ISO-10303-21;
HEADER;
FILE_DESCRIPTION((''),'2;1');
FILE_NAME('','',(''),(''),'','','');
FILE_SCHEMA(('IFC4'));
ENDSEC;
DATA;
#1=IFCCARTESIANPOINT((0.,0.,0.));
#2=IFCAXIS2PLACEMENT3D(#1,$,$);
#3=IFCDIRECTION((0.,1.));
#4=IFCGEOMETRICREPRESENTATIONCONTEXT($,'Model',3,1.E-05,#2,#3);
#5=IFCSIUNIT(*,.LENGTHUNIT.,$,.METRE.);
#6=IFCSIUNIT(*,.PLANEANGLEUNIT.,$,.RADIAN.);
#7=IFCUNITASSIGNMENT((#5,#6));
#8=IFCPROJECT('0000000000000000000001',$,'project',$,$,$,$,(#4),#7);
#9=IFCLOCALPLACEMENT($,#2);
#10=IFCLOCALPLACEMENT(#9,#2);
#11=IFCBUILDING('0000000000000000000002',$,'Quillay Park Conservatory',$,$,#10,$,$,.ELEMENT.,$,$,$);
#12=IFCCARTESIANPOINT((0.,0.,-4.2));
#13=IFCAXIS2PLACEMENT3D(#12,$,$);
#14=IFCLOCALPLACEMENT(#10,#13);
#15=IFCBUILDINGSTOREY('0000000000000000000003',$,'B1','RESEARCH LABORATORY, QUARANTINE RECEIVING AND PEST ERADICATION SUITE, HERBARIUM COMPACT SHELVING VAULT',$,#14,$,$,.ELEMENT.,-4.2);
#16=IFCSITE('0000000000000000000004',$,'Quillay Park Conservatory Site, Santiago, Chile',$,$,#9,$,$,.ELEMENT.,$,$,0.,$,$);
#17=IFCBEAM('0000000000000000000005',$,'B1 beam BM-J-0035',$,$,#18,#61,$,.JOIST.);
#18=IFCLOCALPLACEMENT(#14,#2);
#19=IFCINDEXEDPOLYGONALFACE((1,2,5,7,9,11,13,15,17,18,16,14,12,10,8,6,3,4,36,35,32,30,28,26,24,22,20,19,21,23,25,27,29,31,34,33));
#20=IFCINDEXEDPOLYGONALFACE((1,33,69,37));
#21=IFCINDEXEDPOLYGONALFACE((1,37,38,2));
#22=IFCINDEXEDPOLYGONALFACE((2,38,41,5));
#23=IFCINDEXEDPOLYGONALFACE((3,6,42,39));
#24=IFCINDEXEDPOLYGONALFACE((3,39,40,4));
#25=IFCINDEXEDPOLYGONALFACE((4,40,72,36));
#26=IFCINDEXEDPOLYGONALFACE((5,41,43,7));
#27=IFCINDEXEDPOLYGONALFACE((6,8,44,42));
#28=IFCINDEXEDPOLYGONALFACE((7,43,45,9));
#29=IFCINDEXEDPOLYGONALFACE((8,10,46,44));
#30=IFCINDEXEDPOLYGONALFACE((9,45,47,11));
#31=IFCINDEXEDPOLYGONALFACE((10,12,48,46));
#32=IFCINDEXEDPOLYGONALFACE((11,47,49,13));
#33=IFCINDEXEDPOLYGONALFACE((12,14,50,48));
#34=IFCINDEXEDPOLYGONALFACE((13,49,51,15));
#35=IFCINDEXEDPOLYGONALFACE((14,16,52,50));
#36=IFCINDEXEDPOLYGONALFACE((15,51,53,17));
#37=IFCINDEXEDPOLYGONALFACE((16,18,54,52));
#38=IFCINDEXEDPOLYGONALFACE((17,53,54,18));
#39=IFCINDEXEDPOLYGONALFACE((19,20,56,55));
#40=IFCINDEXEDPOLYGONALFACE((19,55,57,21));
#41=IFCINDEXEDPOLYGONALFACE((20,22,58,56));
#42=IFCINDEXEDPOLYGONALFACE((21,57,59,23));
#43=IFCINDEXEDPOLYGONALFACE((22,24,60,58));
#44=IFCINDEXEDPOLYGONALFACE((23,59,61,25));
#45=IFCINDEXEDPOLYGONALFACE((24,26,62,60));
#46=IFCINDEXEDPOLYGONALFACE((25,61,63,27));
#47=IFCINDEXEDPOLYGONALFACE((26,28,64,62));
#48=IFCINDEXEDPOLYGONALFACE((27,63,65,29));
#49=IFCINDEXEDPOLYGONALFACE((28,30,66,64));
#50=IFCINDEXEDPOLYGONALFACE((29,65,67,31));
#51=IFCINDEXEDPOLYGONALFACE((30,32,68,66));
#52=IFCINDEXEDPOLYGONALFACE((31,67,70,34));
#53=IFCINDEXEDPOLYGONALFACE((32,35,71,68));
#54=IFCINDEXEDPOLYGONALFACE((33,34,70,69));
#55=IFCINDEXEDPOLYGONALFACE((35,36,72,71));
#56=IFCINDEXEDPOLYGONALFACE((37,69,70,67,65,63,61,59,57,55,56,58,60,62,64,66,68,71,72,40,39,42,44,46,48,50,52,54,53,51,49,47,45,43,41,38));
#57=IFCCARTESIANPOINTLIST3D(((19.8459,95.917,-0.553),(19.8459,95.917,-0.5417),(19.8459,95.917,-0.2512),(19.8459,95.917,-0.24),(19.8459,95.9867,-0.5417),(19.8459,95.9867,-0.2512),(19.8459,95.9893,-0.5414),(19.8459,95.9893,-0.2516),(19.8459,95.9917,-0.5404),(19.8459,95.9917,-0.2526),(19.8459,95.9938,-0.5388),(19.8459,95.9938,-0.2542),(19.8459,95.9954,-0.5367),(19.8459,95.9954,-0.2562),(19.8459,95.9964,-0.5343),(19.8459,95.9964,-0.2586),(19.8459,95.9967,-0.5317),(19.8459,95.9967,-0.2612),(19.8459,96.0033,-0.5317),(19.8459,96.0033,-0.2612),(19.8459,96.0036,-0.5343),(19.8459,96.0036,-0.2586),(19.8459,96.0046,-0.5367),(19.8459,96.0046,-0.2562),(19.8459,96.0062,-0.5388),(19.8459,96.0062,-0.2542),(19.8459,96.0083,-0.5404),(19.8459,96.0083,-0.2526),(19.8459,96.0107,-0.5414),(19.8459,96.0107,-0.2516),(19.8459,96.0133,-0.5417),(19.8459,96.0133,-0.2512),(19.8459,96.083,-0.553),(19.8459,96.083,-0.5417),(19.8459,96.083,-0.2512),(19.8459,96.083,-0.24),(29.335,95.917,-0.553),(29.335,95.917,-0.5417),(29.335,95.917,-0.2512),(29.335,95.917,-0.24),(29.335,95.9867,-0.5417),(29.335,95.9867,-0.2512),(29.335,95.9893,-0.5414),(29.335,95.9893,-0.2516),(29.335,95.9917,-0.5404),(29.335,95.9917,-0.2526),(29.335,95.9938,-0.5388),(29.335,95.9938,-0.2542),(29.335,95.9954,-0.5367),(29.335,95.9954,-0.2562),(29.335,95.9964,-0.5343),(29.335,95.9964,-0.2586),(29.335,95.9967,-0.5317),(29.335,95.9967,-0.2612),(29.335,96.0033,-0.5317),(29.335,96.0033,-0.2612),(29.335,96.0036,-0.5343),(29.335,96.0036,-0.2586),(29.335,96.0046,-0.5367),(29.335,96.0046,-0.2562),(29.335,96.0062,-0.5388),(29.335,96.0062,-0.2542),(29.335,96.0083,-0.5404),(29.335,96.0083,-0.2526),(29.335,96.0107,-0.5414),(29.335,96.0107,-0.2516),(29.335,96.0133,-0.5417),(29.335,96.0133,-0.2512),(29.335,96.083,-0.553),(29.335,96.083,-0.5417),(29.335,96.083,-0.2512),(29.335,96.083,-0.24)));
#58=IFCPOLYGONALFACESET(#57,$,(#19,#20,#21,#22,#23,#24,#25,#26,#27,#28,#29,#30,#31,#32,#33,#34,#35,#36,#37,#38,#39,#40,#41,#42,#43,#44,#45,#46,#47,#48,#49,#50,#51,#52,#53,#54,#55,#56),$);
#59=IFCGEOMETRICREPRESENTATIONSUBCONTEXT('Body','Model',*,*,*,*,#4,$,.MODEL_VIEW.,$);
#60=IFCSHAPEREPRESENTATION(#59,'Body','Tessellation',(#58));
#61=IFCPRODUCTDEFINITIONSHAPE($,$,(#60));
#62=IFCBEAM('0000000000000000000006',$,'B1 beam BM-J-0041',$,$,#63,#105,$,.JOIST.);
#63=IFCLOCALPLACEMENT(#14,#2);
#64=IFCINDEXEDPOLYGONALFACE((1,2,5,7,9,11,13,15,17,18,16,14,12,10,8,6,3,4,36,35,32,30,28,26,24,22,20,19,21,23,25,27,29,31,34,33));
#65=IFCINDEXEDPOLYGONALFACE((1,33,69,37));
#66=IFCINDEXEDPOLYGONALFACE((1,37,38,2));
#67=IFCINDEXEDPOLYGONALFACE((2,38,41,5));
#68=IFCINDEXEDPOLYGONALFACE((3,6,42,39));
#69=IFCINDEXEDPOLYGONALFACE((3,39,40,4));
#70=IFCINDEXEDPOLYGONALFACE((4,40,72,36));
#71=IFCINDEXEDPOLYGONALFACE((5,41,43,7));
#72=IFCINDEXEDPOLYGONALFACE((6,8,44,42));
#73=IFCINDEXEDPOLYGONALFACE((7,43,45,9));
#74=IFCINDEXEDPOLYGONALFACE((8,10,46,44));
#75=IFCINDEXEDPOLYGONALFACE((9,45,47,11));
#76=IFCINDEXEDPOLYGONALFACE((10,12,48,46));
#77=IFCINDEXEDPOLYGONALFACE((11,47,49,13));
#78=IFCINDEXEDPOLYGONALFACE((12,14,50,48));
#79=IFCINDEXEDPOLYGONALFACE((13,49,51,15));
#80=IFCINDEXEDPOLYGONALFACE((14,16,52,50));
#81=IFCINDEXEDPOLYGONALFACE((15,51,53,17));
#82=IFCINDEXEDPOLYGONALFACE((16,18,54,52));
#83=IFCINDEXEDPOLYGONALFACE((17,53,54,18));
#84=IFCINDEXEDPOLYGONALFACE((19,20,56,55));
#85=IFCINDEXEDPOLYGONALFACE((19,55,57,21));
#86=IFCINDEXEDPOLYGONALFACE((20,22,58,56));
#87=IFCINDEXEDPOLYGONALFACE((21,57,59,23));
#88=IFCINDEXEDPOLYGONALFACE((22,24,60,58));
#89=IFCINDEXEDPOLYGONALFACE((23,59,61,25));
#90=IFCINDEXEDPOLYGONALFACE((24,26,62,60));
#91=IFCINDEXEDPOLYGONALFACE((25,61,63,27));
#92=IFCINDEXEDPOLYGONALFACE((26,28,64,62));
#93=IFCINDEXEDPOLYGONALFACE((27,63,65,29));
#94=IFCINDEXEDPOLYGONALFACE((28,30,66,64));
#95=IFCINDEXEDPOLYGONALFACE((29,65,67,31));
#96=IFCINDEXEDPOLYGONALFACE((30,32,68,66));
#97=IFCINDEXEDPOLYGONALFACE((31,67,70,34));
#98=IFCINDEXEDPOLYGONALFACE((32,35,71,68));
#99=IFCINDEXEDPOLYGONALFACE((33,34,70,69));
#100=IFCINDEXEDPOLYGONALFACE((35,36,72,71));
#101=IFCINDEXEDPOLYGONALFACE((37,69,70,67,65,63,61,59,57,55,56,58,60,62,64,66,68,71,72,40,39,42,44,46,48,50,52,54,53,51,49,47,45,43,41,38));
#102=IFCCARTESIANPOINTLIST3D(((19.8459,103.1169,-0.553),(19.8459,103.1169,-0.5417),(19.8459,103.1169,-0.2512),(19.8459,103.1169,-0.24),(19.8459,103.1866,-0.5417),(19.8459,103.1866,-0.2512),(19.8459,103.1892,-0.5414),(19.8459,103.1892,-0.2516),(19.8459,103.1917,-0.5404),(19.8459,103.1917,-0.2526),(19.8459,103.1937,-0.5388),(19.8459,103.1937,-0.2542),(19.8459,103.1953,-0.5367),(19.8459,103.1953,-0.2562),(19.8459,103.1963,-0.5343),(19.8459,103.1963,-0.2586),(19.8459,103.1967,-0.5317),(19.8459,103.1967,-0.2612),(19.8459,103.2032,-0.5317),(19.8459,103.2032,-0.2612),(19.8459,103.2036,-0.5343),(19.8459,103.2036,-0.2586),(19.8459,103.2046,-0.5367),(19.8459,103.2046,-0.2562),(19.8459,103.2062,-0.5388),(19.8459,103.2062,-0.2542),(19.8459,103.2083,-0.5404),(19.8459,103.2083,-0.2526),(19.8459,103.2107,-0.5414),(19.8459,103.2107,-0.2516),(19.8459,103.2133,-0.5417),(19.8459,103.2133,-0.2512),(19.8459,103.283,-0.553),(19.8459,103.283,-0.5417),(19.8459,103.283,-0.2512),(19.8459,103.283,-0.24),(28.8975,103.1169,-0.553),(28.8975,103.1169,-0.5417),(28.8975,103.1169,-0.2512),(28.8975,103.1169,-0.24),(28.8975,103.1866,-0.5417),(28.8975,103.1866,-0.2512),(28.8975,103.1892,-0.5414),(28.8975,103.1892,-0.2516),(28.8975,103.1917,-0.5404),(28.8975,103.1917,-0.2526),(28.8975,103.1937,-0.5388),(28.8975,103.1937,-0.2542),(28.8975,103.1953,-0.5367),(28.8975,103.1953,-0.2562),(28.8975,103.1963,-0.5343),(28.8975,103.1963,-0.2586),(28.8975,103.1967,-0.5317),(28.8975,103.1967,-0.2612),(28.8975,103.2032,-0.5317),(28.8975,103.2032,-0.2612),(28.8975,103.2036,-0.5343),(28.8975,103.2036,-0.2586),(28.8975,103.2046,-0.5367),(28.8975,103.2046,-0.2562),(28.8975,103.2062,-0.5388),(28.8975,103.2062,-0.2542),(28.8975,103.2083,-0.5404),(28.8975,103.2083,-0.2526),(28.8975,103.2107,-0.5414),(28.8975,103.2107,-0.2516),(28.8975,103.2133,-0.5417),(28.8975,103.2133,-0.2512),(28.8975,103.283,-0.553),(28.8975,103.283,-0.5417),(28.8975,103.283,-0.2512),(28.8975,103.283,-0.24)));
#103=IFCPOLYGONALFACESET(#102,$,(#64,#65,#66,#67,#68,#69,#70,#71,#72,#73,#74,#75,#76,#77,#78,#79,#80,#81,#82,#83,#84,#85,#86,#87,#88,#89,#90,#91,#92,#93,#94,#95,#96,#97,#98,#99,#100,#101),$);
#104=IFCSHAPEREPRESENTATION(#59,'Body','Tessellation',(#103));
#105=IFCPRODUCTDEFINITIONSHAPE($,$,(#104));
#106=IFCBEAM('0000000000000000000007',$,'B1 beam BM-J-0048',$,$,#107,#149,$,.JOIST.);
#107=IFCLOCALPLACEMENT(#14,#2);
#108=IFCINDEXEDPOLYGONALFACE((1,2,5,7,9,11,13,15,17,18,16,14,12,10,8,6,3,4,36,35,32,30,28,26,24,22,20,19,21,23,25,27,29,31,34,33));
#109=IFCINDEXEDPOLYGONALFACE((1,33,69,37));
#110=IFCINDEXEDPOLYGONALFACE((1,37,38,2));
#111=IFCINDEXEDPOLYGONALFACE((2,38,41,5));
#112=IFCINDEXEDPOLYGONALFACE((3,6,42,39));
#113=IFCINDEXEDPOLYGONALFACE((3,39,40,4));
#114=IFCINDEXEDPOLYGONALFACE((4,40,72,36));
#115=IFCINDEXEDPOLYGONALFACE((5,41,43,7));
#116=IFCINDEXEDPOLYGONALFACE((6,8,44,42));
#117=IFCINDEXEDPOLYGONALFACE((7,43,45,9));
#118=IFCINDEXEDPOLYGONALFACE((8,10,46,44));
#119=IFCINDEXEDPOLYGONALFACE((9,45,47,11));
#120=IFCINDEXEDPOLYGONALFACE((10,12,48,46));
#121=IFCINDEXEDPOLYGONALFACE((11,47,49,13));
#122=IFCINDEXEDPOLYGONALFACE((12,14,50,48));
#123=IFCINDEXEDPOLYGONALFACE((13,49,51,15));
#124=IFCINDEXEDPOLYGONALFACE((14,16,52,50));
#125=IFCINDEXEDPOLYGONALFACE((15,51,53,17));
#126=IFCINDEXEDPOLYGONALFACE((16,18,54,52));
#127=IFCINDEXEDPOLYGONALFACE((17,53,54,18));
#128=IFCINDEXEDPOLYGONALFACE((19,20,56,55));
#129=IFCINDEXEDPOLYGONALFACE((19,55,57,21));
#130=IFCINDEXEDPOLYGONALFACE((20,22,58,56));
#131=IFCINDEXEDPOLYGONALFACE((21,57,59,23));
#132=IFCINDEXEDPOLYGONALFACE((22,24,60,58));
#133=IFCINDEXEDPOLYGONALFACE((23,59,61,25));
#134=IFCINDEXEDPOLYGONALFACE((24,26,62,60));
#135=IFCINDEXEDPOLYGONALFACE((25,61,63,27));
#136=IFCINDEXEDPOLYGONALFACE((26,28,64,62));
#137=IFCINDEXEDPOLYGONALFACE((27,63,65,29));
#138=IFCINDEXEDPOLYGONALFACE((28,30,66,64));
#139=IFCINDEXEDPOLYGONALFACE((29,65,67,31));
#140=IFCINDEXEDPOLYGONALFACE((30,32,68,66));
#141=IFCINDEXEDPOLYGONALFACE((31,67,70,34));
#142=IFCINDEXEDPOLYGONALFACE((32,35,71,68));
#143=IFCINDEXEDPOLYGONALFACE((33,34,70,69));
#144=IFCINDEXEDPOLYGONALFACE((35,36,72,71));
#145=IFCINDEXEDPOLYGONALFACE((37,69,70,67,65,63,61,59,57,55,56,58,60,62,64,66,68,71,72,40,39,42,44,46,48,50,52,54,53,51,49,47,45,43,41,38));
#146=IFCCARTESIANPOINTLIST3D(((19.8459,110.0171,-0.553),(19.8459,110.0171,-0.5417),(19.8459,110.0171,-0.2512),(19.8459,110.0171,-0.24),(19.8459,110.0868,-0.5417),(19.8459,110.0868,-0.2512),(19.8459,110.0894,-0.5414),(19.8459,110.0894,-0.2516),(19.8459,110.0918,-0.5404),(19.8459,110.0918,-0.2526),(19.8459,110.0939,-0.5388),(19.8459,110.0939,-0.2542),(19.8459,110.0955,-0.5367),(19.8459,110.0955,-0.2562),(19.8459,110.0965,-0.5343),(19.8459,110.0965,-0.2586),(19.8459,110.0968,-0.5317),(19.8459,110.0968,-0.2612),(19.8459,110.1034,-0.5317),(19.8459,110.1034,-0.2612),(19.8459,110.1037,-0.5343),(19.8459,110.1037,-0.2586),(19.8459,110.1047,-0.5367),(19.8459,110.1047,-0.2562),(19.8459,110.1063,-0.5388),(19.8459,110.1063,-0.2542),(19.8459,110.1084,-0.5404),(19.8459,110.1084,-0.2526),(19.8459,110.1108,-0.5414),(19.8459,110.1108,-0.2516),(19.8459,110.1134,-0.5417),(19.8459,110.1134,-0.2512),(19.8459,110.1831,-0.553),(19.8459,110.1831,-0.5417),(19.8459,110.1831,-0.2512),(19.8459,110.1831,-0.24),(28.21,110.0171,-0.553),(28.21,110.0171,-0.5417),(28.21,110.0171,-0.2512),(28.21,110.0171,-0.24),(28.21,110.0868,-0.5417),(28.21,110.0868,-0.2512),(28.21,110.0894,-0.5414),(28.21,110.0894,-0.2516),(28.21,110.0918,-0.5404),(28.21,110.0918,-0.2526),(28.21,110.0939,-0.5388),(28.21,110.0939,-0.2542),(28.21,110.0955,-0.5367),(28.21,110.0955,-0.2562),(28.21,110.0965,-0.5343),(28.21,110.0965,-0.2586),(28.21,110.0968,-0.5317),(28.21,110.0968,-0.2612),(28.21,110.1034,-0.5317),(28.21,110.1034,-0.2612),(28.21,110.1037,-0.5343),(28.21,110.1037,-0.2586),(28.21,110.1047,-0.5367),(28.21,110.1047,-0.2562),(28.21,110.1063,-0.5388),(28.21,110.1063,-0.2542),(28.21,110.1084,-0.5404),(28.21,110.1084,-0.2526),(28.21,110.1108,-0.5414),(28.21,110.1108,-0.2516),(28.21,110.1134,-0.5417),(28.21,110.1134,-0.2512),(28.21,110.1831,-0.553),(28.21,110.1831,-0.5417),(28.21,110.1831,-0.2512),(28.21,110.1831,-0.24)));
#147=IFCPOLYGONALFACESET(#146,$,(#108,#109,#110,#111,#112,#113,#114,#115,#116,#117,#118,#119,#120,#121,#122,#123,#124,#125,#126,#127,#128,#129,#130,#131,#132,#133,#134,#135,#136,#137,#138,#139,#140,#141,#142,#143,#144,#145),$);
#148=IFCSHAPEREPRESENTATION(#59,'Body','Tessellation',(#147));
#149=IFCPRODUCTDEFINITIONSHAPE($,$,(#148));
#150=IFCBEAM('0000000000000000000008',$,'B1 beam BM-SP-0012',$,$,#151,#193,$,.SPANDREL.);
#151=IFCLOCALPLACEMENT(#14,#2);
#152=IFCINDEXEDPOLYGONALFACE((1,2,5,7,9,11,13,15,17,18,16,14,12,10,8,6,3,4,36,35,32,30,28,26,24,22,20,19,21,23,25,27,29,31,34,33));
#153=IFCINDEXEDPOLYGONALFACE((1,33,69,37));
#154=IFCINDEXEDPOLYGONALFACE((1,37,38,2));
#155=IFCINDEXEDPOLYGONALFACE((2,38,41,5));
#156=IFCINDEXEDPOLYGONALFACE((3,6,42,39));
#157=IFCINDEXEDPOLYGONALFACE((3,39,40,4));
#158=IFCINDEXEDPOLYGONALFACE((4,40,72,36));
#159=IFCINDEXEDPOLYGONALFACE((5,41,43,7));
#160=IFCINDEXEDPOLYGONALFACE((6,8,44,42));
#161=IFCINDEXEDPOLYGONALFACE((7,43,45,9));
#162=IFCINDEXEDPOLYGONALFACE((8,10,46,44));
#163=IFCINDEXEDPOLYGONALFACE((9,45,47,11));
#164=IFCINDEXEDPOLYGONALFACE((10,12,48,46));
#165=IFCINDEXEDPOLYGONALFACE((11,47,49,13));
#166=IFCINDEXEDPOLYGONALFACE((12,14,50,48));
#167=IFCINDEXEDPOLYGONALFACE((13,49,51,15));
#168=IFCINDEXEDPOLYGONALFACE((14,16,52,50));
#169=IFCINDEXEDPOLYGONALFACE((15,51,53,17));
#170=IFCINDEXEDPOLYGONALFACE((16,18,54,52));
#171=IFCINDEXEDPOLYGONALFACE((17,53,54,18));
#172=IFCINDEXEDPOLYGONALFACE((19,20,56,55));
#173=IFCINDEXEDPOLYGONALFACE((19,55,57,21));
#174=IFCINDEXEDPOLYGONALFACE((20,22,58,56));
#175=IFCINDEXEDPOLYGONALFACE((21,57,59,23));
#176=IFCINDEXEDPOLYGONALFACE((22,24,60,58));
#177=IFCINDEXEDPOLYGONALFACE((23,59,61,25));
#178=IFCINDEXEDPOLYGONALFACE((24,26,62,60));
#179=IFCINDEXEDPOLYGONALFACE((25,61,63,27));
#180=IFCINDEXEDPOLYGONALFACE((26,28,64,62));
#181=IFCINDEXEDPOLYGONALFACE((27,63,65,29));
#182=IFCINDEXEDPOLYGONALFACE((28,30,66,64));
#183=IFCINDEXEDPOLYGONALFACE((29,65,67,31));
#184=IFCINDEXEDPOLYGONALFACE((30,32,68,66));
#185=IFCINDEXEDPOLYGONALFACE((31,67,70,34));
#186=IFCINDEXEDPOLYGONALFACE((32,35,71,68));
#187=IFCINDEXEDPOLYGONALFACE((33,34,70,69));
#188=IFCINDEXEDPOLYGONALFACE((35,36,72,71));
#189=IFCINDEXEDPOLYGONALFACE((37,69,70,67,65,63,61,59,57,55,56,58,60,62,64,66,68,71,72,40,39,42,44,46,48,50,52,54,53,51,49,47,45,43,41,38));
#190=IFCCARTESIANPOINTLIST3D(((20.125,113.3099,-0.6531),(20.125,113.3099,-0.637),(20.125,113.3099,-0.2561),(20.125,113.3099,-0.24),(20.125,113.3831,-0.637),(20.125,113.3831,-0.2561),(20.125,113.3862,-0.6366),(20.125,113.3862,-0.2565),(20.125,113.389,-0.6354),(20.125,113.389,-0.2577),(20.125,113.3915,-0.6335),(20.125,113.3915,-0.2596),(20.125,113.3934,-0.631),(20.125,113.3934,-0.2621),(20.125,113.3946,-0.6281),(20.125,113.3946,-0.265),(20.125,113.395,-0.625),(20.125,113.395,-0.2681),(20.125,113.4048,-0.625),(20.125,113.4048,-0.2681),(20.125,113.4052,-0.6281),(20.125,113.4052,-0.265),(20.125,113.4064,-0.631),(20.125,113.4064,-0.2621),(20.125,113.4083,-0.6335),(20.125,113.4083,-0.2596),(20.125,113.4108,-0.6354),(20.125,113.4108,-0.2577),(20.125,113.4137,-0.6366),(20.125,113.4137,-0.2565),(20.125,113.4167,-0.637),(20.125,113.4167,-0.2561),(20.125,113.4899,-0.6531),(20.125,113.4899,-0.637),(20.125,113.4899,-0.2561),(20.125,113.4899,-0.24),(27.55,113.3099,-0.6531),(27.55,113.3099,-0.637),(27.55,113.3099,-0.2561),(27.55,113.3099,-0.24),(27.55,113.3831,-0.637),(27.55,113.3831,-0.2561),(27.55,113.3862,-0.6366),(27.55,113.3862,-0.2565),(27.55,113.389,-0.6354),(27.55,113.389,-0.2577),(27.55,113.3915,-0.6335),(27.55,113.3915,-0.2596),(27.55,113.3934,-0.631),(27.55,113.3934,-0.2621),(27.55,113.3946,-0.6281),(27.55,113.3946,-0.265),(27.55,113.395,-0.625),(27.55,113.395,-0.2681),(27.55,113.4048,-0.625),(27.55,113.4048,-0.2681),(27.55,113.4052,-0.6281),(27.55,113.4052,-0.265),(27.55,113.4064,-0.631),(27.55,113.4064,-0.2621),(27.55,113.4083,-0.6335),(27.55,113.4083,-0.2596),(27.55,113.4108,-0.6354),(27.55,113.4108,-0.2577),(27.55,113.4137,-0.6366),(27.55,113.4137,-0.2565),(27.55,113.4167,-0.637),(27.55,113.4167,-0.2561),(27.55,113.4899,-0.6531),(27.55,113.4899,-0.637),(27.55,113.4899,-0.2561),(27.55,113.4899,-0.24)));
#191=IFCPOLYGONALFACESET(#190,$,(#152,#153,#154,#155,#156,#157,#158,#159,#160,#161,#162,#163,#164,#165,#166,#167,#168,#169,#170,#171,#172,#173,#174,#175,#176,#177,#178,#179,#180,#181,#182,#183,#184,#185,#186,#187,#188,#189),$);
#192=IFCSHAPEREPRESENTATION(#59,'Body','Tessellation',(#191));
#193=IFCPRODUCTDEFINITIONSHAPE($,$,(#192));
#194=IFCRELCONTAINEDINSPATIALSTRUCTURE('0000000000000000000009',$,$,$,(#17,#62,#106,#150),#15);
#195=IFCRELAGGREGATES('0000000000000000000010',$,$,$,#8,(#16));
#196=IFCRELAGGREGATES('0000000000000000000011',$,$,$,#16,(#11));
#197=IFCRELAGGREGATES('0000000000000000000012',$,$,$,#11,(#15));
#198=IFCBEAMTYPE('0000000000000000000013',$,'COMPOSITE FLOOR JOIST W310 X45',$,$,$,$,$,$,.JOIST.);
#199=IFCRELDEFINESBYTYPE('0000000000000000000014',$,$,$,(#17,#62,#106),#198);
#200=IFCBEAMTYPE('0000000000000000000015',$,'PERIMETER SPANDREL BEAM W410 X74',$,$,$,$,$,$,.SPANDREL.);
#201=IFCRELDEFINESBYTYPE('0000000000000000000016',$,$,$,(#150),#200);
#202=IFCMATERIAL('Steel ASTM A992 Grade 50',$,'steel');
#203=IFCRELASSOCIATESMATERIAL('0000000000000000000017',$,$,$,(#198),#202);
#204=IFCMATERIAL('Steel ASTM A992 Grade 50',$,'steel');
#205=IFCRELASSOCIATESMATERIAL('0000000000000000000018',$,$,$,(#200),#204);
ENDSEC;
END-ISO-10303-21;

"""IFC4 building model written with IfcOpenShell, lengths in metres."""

from ifc_helpers import new_model, si_unit, direction, frame, origin, origin_2d, place, context, subcontext, project, spatial, i_section, extrude, material, material_profile, profile_set, type_object, element, save


model = new_model("IFC4")

# Units and contexts
model_context = context("Model", 3, precision=1e-05, world=origin(), true_north=direction((0.0, 1.0)))
body_context = subcontext(model_context, "Body", "Model", "MODEL_VIEW")
ifc_project = project(units=[si_unit("LENGTHUNIT", "METRE"), si_unit("PLANEANGLEUNIT", "RADIAN")], contexts=[model_context])

# Site, building, storey
site_placement = place(None, origin())
site = spatial("IfcSite", under=ifc_project, at=site_placement, Name="Quillay Park Conservatory Site, Santiago, Chile", CompositionType="ELEMENT", RefElevation=0.0)
building_placement = place(site_placement, origin())
building = spatial("IfcBuilding", under=site, at=building_placement, Name="Quillay Park Conservatory", CompositionType="ELEMENT")
storey_placement = place(building_placement, frame((0.0, 0.0, -4.2)))
storey = spatial("IfcBuildingStorey", under=building, at=storey_placement, Name="B1", Description="RESEARCH LABORATORY, QUARANTINE RECEIVING AND PEST ERADICATION SUITE, HERBARIUM COMPACT SHELVING VAULT", CompositionType="ELEMENT", Elevation=-4.2)

# Beams
ifc_material_1 = material(Name="Steel ASTM A992 Grade 50", Category="steel")
ifc_material_profile_1 = material_profile(ifc_material_1, i_section(OverallWidth=0.166, OverallDepth=0.313, WebThickness=0.0066, FlangeThickness=0.0112, FilletRadius=0.01, at=origin_2d()), Name="W310x45")
ifc_profile_set_1 = profile_set([ifc_material_profile_1], Name="Steel ASTM A992 Grade 50")
beam_type_1 = type_object("IfcBeamType", Name="COMPOSITE FLOOR JOIST W310 X45", PredefinedType="JOIST", material=ifc_profile_set_1)
beam_1_placement = place(storey_placement, frame((19.8459, 96.0, -0.3965), z_axis=(1.0, 0.0, 0.0), x_axis=(0.0, 1.0, 0.0)))
element("IfcBeam", 1, at=beam_1_placement, inside=storey, type_object=beam_type_1, Name="B1 beam BM-J-0035", PredefinedType="JOIST", context=body_context, shape_type="SweptSolid", body=[
    extrude(i_section(OverallWidth=0.166, OverallDepth=0.313, WebThickness=0.0066, FlangeThickness=0.0112, FilletRadius=0.01, at=origin_2d()), origin(), (0.0, 0.0, 1.0), 9.489),
])
beam_2_placement = place(storey_placement, frame((19.8459, 103.2, -0.3965), z_axis=(1.0, 0.0, 0.0), x_axis=(0.0, 1.0, 0.0)))
element("IfcBeam", 2, at=beam_2_placement, inside=storey, type_object=beam_type_1, Name="B1 beam BM-J-0041", PredefinedType="JOIST", context=body_context, shape_type="SweptSolid", body=[
    extrude(i_section(OverallWidth=0.166, OverallDepth=0.313, WebThickness=0.0066, FlangeThickness=0.0112, FilletRadius=0.01, at=origin_2d()), origin(), (0.0, 0.0, 1.0), 9.0515),
])
beam_3_placement = place(storey_placement, frame((19.8459, 110.1001, -0.3965), z_axis=(1.0, 0.0, 0.0), x_axis=(0.0, 1.0, 0.0)))
element("IfcBeam", 3, at=beam_3_placement, inside=storey, type_object=beam_type_1, Name="B1 beam BM-J-0048", PredefinedType="JOIST", context=body_context, shape_type="SweptSolid", body=[
    extrude(i_section(OverallWidth=0.166, OverallDepth=0.313, WebThickness=0.0066, FlangeThickness=0.0112, FilletRadius=0.01, at=origin_2d()), origin(), (0.0, 0.0, 1.0), 8.364),
])
ifc_material_2 = material(Name="Steel ASTM A992 Grade 50", Category="steel")
ifc_material_profile_2 = material_profile(ifc_material_2, i_section(OverallWidth=0.1799, OverallDepth=0.4131, WebThickness=0.0098, FlangeThickness=0.0161, FilletRadius=0.012, at=origin_2d()), Name="W410x74")
ifc_profile_set_2 = profile_set([ifc_material_profile_2], Name="Steel ASTM A992 Grade 50")
beam_type_2 = type_object("IfcBeamType", Name="PERIMETER SPANDREL BEAM W410 X74", PredefinedType="SPANDREL", material=ifc_profile_set_2)
beam_4_placement = place(storey_placement, frame((20.125, 113.3999, -0.4465), z_axis=(1.0, 0.0, 0.0), x_axis=(0.0, 1.0, 0.0)))
element("IfcBeam", 4, at=beam_4_placement, inside=storey, type_object=beam_type_2, Name="B1 beam BM-SP-0012", PredefinedType="SPANDREL", context=body_context, shape_type="SweptSolid", body=[
    extrude(i_section(OverallWidth=0.1799, OverallDepth=0.4131, WebThickness=0.0098, FlangeThickness=0.0161, FilletRadius=0.012, at=origin_2d()), origin(), (0.0, 0.0, 1.0), 7.425),
])

save(model, "model.ifc")
